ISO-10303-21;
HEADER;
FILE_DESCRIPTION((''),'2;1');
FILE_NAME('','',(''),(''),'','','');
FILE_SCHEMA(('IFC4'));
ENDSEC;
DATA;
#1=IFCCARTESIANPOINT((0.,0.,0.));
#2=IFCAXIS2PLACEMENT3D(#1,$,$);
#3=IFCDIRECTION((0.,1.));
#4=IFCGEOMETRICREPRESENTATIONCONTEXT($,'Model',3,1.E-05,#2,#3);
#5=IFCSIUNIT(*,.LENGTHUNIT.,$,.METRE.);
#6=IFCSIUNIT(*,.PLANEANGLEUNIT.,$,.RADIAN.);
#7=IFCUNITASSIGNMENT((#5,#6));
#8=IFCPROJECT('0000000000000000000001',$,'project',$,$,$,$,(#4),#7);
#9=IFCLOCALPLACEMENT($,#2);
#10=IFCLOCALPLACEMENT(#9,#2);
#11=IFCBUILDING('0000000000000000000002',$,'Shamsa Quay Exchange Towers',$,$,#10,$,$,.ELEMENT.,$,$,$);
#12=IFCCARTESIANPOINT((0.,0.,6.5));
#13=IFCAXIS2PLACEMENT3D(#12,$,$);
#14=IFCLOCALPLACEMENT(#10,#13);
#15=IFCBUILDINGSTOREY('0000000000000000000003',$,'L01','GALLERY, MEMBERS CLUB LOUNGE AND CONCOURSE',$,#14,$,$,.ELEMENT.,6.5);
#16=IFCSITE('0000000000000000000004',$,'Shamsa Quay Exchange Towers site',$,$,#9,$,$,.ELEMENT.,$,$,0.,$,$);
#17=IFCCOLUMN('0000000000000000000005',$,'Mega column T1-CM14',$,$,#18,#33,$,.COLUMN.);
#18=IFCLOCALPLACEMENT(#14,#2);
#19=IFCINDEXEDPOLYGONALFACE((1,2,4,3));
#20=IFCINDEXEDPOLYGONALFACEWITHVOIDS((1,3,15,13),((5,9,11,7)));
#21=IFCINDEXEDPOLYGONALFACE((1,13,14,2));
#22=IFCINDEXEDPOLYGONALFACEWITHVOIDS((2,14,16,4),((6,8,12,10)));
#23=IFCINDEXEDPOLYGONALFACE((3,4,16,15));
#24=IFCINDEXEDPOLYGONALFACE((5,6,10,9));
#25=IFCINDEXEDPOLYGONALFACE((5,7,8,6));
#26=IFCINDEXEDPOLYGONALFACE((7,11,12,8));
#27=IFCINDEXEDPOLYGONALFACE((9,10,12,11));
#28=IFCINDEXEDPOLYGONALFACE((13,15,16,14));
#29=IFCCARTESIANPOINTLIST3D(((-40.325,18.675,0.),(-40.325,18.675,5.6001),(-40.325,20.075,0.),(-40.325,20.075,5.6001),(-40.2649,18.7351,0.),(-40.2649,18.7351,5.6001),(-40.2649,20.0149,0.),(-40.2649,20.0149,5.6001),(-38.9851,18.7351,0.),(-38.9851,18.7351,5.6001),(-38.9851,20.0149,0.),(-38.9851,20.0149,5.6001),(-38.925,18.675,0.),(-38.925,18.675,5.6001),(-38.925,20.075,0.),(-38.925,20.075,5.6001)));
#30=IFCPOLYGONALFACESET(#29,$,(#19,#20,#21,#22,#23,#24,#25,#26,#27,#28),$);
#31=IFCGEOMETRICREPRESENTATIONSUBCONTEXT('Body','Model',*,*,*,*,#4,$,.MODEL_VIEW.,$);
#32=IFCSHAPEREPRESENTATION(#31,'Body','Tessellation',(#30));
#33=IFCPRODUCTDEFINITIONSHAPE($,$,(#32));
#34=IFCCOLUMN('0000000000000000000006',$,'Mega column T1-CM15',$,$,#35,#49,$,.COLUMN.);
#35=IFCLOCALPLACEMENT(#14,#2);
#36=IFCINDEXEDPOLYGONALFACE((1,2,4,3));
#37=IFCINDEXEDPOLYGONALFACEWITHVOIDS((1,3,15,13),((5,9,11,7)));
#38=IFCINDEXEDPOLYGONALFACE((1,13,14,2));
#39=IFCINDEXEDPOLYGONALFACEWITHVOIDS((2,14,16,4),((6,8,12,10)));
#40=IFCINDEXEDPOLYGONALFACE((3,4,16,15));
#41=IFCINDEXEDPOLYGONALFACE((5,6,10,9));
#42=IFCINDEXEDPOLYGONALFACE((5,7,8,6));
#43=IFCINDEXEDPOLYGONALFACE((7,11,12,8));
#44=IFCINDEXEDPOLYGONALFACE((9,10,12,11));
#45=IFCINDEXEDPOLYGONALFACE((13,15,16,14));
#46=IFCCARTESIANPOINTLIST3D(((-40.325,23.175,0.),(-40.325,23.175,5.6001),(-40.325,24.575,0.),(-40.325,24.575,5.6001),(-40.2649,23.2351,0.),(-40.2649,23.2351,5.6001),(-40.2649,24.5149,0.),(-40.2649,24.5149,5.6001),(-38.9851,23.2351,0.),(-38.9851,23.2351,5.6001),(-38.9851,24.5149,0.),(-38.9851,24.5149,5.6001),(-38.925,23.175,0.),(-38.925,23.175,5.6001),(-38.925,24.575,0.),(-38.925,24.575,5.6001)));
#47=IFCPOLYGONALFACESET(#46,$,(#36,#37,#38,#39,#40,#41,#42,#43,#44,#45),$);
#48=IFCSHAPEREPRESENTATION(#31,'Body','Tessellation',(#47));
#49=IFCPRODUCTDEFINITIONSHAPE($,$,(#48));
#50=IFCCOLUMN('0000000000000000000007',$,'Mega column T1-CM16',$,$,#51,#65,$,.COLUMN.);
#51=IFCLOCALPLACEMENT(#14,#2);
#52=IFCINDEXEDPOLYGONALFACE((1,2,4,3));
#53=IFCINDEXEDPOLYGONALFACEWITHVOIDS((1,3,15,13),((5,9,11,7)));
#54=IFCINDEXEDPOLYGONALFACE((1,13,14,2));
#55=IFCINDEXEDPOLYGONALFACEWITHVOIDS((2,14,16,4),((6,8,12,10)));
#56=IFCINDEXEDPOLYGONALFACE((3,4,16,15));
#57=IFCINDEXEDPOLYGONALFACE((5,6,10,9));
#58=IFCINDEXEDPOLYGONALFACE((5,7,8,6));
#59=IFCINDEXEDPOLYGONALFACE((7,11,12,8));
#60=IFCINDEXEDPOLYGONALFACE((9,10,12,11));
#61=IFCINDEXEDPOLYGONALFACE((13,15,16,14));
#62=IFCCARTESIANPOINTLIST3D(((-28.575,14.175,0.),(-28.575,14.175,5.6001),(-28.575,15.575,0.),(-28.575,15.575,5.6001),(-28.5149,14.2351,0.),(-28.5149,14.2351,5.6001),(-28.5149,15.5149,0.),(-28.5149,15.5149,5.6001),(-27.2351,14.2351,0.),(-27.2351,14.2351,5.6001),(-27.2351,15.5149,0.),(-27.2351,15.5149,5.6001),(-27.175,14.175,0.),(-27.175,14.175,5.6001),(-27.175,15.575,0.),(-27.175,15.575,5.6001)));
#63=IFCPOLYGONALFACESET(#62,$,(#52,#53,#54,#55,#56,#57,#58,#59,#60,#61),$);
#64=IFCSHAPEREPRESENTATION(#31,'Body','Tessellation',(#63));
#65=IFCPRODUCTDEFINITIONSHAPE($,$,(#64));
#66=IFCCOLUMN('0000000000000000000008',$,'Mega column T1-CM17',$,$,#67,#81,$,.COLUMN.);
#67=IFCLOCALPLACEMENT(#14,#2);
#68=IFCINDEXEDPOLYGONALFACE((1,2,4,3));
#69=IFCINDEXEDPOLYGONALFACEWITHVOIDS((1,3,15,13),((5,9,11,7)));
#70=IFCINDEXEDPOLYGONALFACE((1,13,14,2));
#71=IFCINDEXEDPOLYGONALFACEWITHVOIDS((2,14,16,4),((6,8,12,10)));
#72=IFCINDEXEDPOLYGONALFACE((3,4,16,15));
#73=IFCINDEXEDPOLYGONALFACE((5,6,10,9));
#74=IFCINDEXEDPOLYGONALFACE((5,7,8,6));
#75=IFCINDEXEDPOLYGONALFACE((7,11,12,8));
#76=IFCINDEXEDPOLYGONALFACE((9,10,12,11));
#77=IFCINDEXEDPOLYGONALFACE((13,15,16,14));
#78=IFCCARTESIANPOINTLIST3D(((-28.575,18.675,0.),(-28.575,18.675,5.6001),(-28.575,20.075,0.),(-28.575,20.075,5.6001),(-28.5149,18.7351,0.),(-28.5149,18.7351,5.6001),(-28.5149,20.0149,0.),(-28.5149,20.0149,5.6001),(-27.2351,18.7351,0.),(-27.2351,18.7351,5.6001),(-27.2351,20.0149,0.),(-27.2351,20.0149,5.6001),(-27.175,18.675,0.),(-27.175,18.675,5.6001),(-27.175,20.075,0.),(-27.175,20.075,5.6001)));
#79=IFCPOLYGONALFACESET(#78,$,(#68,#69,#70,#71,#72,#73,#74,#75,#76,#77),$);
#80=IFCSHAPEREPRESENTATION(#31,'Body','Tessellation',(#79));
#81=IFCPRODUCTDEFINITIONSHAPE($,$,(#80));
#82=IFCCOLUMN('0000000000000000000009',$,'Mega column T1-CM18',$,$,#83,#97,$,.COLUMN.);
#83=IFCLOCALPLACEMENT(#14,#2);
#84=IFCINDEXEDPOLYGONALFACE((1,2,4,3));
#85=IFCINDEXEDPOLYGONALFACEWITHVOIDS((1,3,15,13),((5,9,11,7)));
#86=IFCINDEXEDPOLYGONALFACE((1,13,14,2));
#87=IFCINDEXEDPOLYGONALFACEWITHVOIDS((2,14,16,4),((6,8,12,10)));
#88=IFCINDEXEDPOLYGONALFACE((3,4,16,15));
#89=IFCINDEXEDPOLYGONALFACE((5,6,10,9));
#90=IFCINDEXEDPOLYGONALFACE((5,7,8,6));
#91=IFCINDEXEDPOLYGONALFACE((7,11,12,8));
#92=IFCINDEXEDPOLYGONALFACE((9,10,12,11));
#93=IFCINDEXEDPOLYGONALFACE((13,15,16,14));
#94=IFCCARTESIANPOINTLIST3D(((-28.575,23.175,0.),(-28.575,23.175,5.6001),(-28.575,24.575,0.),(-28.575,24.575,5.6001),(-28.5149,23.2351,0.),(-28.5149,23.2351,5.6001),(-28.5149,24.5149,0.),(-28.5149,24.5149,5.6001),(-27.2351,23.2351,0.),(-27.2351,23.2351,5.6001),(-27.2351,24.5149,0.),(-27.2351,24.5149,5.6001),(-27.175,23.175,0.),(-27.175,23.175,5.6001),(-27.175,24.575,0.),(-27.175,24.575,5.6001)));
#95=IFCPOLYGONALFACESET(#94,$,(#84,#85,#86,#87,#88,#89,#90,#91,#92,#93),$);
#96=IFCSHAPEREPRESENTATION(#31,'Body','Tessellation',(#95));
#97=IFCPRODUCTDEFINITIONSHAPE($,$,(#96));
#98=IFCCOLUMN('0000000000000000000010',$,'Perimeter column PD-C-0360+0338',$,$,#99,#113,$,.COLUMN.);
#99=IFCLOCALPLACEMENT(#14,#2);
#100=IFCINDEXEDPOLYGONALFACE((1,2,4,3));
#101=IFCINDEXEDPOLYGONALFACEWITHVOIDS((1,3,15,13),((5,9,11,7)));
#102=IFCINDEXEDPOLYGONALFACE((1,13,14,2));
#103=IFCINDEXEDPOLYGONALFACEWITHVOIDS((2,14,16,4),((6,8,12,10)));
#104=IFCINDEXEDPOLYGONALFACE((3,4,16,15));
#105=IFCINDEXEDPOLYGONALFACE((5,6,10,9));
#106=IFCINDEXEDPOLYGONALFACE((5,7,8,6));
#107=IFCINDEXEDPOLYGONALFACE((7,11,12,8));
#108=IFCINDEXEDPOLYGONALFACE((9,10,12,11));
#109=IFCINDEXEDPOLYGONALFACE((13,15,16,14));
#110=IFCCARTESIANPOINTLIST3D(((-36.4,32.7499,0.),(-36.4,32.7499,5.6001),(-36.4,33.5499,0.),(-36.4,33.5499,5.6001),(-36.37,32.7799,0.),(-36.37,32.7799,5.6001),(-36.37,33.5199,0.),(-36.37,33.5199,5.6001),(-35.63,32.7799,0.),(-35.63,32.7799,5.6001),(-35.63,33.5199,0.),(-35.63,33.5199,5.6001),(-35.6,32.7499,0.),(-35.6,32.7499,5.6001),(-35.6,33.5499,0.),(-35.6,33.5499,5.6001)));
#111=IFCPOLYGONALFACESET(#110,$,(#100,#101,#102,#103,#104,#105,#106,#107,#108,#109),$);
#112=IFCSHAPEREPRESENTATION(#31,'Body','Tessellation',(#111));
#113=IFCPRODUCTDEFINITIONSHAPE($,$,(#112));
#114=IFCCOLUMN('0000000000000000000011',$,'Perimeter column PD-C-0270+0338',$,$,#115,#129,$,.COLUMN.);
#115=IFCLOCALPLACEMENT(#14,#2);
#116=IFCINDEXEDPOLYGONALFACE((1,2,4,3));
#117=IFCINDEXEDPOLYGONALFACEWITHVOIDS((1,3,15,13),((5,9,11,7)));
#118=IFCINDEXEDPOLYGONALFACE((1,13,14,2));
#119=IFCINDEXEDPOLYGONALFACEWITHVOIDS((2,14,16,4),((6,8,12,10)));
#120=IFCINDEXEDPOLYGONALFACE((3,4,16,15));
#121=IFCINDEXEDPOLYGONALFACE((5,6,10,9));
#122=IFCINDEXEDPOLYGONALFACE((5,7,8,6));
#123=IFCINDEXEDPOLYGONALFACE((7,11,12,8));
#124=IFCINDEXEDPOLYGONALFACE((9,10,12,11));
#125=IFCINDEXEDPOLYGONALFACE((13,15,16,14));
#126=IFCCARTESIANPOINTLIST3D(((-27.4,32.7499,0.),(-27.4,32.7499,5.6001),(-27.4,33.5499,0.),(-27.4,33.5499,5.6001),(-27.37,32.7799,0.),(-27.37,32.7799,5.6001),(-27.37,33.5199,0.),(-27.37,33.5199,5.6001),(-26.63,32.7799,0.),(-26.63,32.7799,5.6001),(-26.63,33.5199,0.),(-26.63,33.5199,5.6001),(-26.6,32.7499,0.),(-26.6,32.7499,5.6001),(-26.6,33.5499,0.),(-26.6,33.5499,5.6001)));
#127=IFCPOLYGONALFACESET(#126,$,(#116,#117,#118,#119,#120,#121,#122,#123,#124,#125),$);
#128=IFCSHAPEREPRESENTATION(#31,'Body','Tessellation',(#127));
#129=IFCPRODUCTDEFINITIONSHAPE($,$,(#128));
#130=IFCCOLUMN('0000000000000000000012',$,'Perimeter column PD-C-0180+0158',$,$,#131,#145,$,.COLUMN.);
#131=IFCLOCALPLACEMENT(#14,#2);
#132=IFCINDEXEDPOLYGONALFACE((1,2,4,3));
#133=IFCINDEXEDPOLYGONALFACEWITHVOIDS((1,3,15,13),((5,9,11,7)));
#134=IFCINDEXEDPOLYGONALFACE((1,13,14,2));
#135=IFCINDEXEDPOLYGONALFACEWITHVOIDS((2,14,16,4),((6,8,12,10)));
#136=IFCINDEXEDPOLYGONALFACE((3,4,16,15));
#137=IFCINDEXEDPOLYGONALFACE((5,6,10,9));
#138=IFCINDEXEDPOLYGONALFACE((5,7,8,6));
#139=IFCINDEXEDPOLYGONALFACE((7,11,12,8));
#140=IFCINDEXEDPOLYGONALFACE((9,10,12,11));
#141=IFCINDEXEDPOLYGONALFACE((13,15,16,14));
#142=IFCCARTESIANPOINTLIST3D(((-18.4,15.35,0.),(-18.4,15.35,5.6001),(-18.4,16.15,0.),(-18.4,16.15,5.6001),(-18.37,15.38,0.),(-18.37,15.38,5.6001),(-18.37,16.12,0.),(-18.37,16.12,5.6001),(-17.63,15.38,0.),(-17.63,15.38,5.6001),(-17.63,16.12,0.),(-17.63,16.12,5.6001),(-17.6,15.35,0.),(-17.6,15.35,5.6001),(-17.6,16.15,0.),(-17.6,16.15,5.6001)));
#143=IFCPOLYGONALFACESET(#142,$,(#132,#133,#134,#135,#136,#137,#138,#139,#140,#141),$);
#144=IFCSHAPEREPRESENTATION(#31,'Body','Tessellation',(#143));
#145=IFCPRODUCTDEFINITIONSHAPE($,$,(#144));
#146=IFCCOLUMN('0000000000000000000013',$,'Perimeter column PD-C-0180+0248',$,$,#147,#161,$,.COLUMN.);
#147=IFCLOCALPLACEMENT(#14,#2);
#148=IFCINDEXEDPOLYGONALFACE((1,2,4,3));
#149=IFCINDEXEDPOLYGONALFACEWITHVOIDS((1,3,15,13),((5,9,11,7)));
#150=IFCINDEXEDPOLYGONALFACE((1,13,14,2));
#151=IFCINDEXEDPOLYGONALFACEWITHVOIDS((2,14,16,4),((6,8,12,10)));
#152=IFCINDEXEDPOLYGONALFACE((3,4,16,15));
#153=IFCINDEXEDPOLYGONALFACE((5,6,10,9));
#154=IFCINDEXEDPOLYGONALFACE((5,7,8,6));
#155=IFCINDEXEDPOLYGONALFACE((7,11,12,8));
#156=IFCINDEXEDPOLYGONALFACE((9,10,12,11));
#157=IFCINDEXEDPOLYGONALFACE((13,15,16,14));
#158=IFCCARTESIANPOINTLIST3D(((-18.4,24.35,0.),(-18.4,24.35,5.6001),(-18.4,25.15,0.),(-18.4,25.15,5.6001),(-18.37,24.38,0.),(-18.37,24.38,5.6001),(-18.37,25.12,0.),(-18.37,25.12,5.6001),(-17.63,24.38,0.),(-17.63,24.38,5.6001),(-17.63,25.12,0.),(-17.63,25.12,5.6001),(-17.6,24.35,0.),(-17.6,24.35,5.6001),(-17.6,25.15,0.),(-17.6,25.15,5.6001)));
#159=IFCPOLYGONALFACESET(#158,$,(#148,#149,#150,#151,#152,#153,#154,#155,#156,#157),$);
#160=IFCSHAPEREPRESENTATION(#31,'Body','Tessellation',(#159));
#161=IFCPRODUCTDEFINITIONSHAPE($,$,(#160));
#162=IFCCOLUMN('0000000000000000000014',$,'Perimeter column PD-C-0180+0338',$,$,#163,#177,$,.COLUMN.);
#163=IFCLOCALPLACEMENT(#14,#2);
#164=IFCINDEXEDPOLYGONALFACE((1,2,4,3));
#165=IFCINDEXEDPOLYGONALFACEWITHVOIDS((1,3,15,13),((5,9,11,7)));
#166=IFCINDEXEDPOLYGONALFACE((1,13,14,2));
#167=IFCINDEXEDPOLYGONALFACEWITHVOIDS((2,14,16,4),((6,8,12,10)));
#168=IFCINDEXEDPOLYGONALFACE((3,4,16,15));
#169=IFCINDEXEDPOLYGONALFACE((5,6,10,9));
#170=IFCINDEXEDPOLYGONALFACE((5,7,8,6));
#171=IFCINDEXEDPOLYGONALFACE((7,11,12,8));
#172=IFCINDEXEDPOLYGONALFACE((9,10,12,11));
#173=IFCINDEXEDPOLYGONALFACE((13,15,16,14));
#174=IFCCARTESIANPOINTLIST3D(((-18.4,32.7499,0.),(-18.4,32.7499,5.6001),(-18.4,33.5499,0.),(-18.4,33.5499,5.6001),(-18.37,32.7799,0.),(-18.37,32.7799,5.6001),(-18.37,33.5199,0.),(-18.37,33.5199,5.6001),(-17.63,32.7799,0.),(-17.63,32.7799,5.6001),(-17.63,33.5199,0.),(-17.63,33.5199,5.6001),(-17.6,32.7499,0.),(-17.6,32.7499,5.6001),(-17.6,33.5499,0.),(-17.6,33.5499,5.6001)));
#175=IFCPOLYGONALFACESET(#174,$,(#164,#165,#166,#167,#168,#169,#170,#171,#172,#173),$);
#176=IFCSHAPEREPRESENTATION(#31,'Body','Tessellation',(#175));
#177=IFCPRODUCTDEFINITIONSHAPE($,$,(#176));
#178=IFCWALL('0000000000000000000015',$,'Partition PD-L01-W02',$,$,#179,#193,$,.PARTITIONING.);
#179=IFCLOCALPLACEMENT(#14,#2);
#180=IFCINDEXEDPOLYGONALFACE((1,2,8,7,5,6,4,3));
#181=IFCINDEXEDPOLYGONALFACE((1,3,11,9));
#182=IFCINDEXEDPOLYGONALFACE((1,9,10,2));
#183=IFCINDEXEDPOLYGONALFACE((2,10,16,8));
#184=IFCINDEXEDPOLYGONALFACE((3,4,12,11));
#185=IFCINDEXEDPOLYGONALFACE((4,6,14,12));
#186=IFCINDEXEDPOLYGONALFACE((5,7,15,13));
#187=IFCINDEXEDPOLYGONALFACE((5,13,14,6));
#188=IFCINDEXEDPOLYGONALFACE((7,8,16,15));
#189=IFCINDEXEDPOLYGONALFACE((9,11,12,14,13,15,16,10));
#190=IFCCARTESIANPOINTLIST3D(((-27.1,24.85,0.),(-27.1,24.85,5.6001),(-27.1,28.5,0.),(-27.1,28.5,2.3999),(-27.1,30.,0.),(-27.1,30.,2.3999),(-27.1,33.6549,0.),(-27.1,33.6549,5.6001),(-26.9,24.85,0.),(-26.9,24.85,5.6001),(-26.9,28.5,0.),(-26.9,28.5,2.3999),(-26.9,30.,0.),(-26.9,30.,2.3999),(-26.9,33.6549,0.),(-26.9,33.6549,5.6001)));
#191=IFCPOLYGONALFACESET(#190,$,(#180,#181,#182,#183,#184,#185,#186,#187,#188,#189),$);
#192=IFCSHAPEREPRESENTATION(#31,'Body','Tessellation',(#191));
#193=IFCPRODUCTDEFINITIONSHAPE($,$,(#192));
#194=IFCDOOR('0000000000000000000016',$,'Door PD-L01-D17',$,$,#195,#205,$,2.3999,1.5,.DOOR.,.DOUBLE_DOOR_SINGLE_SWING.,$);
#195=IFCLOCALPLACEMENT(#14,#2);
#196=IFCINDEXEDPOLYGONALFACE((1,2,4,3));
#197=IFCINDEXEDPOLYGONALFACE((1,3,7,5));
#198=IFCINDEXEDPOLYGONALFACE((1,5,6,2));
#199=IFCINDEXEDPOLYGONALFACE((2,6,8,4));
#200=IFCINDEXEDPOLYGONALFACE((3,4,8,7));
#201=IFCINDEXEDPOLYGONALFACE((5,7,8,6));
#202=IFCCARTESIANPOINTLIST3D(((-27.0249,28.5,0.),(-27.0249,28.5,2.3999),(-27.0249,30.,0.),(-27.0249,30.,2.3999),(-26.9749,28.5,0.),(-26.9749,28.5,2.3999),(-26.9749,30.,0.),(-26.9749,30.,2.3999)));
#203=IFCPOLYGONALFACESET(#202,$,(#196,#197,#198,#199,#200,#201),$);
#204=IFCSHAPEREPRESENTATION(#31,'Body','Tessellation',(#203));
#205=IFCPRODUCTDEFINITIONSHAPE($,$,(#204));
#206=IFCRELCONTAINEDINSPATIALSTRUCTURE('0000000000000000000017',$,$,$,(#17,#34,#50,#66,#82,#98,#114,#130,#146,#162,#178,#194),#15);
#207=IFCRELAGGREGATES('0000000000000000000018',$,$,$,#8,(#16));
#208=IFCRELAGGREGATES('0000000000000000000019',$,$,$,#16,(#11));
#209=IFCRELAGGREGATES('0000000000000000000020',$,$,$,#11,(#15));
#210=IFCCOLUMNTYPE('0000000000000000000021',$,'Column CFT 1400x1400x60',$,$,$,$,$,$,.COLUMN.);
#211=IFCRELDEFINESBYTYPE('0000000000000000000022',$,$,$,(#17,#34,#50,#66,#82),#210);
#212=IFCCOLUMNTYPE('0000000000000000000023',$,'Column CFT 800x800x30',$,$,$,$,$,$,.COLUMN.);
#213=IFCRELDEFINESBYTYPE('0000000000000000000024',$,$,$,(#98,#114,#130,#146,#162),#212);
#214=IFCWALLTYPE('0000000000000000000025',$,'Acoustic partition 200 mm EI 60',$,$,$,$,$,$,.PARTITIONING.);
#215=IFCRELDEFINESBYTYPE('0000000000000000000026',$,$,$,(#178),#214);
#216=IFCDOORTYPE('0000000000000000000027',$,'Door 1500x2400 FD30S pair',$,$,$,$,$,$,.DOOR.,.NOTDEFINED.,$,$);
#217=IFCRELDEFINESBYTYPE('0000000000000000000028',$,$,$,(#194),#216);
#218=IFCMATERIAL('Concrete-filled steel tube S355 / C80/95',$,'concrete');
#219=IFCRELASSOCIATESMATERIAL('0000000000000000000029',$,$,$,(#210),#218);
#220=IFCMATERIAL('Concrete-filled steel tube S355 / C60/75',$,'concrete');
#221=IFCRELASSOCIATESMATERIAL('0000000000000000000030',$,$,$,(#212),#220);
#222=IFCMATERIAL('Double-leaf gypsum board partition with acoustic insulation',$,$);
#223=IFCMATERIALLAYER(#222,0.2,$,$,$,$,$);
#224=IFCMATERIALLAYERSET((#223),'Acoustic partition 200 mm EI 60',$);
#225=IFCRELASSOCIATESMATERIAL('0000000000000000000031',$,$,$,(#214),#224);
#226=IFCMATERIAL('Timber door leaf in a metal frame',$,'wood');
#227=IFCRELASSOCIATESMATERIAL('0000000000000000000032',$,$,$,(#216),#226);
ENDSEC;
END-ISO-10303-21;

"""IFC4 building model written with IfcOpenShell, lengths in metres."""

from ifc_helpers import new_model, si_unit, direction, frame, frame_2d, origin, origin_2d, place, context, subcontext, project, spatial, rectangle, hollow_rectangle, extrude, material, layer, layer_set, material_profile, profile_set, type_object, element, fill, save


model = new_model("IFC4")

# Units and contexts
model_context = context("Model", 3, precision=1e-05, world=origin(), true_north=direction((0.0, 1.0)))
body_context = subcontext(model_context, "Body", "Model", "MODEL_VIEW")
ifc_project = project(units=[si_unit("LENGTHUNIT", "METRE"), si_unit("PLANEANGLEUNIT", "RADIAN")], contexts=[model_context])

# Site, building, storey
site_placement = place(None, origin())
site = spatial("IfcSite", under=ifc_project, at=site_placement, Name="Shamsa Quay Exchange Towers site", CompositionType="ELEMENT", RefElevation=0.0)
building_placement = place(site_placement, origin())
building = spatial("IfcBuilding", under=site, at=building_placement, Name="Shamsa Quay Exchange Towers", CompositionType="ELEMENT")
storey_placement = place(building_placement, frame((0.0, 0.0, 6.5)))
storey = spatial("IfcBuildingStorey", under=building, at=storey_placement, Name="L01", Description="GALLERY, MEMBERS CLUB LOUNGE AND CONCOURSE", CompositionType="ELEMENT", Elevation=6.5)

# Columns
ifc_material_1 = material(Name="Concrete-filled steel tube S355 / C80/95", Category="concrete")
ifc_material_profile_1 = material_profile(ifc_material_1, hollow_rectangle(XDim=1.3999, YDim=1.3999, WallThickness=0.0601, at=origin_2d()), Name="CFT 1400x1400x60")
ifc_profile_set_1 = profile_set([ifc_material_profile_1], Name="Concrete-filled steel tube S355 / C80/95")
column_type_1 = type_object("IfcColumnType", Name="Column CFT 1400x1400x60", PredefinedType="COLUMN", material=ifc_profile_set_1)
for number, where, name in (
    (1, (-39.625, 19.375, 0.0), "Mega column T1-CM14"),
    (2, (-39.625, 23.875, 0.0), "Mega column T1-CM15"),
    (3, (-27.875, 14.875, 0.0), "Mega column T1-CM16"),
    (4, (-27.875, 19.375, 0.0), "Mega column T1-CM17"),
    (5, (-27.875, 23.875, 0.0), "Mega column T1-CM18"),
):
    element("IfcColumn", number, at=place(storey_placement, frame(where)), inside=storey, type_object=column_type_1, Name=name, PredefinedType="COLUMN", context=body_context, shape_type="SweptSolid", body=[
        extrude(hollow_rectangle(XDim=1.3999, YDim=1.3999, WallThickness=0.0601, at=origin_2d()), origin(), (0.0, 0.0, 1.0), 5.6001),
    ])
ifc_material_2 = material(Name="Concrete-filled steel tube S355 / C60/75", Category="concrete")
ifc_material_profile_2 = material_profile(ifc_material_2, hollow_rectangle(XDim=0.8, YDim=0.8, WallThickness=0.03, at=origin_2d()), Name="CFT 800x800x30")
ifc_profile_set_2 = profile_set([ifc_material_profile_2], Name="Concrete-filled steel tube S355 / C60/75")
column_type_2 = type_object("IfcColumnType", Name="Column CFT 800x800x30", PredefinedType="COLUMN", material=ifc_profile_set_2)
for number, where, name in (
    (6, (-36.0, 33.1499, 0.0), "Perimeter column PD-C-0360+0338"),
    (7, (-27.0, 33.1499, 0.0), "Perimeter column PD-C-0270+0338"),
    (8, (-18.0, 15.75, 0.0), "Perimeter column PD-C-0180+0158"),
    (9, (-18.0, 24.75, 0.0), "Perimeter column PD-C-0180+0248"),
    (10, (-18.0, 33.1499, 0.0), "Perimeter column PD-C-0180+0338"),
):
    element("IfcColumn", number, at=place(storey_placement, frame(where)), inside=storey, type_object=column_type_2, Name=name, PredefinedType="COLUMN", context=body_context, shape_type="SweptSolid", body=[
        extrude(hollow_rectangle(XDim=0.8, YDim=0.8, WallThickness=0.03, at=origin_2d()), origin(), (0.0, 0.0, 1.0), 5.6001),
    ])

# Wall, opening, door
ifc_material_3 = material(Name="Double-leaf gypsum board partition with acoustic insulation")
ifc_layer_1 = layer(ifc_material_3, 0.2)
ifc_layer_set_1 = layer_set([ifc_layer_1], Name="Acoustic partition 200 mm EI 60")
wall_type_1 = type_object("IfcWallType", Name="Acoustic partition 200 mm EI 60", PredefinedType="PARTITIONING", material=ifc_layer_set_1)
wall_1_placement = place(storey_placement, frame((-27.0, 24.8501, 0.0), z_axis=(0.0, 0.0, 1.0), x_axis=(0.0, 1.0, 0.0)))
wall_1 = element("IfcWall", 11, at=wall_1_placement, inside=storey, type_object=wall_type_1, Name="Partition PD-L01-W02", PredefinedType="PARTITIONING", context=body_context, shape_type="SweptSolid", body=[
    extrude(rectangle(XDim=8.8049, YDim=0.2, at=frame_2d((4.4023, 0.0))), origin(), (0.0, 0.0, 1.0), 5.6001),
])
opening_1_placement = place(wall_1_placement, frame((3.6499, 0.0, 0.0)))
opening_1 = element("IfcOpeningElement", 12, at=opening_1_placement, cuts=wall_1, PredefinedType="OPENING", context=body_context, shape_type="SweptSolid", body=[
    extrude(rectangle(XDim=1.5, YDim=2.3999, at=frame_2d((0.75, 1.2))), frame((0.0, 0.1099, 0.0), z_axis=(0.0, -1.0, 0.0), x_axis=(1.0, 0.0, 0.0)), (0.0, 0.0, 1.0), 0.22),
])
ifc_material_4 = material(Name="Timber door leaf in a metal frame", Category="wood")
door_type_1 = type_object("IfcDoorType", Name="Door 1500x2400 FD30S pair", OperationType="NOTDEFINED", PredefinedType="DOOR", material=ifc_material_4)
door_1_placement = place(opening_1_placement, origin())
door_1 = element("IfcDoor", 13, at=door_1_placement, inside=storey, type_object=door_type_1, Name="Door PD-L01-D17", OperationType="DOUBLE_DOOR_SINGLE_SWING", OverallHeight=2.3999, OverallWidth=1.5, PredefinedType="DOOR", context=body_context, shape_type="SweptSolid", body=[
    extrude(rectangle(XDim=1.5, YDim=2.3999, at=frame_2d((0.75, 1.2))), frame((0.0, 0.0249, 0.0), z_axis=(0.0, -1.0, 0.0), x_axis=(1.0, 0.0, 0.0)), (0.0, 0.0, 1.0), 0.05),
])
fill(opening_1, door_1)

save(model, "model.ifc")
